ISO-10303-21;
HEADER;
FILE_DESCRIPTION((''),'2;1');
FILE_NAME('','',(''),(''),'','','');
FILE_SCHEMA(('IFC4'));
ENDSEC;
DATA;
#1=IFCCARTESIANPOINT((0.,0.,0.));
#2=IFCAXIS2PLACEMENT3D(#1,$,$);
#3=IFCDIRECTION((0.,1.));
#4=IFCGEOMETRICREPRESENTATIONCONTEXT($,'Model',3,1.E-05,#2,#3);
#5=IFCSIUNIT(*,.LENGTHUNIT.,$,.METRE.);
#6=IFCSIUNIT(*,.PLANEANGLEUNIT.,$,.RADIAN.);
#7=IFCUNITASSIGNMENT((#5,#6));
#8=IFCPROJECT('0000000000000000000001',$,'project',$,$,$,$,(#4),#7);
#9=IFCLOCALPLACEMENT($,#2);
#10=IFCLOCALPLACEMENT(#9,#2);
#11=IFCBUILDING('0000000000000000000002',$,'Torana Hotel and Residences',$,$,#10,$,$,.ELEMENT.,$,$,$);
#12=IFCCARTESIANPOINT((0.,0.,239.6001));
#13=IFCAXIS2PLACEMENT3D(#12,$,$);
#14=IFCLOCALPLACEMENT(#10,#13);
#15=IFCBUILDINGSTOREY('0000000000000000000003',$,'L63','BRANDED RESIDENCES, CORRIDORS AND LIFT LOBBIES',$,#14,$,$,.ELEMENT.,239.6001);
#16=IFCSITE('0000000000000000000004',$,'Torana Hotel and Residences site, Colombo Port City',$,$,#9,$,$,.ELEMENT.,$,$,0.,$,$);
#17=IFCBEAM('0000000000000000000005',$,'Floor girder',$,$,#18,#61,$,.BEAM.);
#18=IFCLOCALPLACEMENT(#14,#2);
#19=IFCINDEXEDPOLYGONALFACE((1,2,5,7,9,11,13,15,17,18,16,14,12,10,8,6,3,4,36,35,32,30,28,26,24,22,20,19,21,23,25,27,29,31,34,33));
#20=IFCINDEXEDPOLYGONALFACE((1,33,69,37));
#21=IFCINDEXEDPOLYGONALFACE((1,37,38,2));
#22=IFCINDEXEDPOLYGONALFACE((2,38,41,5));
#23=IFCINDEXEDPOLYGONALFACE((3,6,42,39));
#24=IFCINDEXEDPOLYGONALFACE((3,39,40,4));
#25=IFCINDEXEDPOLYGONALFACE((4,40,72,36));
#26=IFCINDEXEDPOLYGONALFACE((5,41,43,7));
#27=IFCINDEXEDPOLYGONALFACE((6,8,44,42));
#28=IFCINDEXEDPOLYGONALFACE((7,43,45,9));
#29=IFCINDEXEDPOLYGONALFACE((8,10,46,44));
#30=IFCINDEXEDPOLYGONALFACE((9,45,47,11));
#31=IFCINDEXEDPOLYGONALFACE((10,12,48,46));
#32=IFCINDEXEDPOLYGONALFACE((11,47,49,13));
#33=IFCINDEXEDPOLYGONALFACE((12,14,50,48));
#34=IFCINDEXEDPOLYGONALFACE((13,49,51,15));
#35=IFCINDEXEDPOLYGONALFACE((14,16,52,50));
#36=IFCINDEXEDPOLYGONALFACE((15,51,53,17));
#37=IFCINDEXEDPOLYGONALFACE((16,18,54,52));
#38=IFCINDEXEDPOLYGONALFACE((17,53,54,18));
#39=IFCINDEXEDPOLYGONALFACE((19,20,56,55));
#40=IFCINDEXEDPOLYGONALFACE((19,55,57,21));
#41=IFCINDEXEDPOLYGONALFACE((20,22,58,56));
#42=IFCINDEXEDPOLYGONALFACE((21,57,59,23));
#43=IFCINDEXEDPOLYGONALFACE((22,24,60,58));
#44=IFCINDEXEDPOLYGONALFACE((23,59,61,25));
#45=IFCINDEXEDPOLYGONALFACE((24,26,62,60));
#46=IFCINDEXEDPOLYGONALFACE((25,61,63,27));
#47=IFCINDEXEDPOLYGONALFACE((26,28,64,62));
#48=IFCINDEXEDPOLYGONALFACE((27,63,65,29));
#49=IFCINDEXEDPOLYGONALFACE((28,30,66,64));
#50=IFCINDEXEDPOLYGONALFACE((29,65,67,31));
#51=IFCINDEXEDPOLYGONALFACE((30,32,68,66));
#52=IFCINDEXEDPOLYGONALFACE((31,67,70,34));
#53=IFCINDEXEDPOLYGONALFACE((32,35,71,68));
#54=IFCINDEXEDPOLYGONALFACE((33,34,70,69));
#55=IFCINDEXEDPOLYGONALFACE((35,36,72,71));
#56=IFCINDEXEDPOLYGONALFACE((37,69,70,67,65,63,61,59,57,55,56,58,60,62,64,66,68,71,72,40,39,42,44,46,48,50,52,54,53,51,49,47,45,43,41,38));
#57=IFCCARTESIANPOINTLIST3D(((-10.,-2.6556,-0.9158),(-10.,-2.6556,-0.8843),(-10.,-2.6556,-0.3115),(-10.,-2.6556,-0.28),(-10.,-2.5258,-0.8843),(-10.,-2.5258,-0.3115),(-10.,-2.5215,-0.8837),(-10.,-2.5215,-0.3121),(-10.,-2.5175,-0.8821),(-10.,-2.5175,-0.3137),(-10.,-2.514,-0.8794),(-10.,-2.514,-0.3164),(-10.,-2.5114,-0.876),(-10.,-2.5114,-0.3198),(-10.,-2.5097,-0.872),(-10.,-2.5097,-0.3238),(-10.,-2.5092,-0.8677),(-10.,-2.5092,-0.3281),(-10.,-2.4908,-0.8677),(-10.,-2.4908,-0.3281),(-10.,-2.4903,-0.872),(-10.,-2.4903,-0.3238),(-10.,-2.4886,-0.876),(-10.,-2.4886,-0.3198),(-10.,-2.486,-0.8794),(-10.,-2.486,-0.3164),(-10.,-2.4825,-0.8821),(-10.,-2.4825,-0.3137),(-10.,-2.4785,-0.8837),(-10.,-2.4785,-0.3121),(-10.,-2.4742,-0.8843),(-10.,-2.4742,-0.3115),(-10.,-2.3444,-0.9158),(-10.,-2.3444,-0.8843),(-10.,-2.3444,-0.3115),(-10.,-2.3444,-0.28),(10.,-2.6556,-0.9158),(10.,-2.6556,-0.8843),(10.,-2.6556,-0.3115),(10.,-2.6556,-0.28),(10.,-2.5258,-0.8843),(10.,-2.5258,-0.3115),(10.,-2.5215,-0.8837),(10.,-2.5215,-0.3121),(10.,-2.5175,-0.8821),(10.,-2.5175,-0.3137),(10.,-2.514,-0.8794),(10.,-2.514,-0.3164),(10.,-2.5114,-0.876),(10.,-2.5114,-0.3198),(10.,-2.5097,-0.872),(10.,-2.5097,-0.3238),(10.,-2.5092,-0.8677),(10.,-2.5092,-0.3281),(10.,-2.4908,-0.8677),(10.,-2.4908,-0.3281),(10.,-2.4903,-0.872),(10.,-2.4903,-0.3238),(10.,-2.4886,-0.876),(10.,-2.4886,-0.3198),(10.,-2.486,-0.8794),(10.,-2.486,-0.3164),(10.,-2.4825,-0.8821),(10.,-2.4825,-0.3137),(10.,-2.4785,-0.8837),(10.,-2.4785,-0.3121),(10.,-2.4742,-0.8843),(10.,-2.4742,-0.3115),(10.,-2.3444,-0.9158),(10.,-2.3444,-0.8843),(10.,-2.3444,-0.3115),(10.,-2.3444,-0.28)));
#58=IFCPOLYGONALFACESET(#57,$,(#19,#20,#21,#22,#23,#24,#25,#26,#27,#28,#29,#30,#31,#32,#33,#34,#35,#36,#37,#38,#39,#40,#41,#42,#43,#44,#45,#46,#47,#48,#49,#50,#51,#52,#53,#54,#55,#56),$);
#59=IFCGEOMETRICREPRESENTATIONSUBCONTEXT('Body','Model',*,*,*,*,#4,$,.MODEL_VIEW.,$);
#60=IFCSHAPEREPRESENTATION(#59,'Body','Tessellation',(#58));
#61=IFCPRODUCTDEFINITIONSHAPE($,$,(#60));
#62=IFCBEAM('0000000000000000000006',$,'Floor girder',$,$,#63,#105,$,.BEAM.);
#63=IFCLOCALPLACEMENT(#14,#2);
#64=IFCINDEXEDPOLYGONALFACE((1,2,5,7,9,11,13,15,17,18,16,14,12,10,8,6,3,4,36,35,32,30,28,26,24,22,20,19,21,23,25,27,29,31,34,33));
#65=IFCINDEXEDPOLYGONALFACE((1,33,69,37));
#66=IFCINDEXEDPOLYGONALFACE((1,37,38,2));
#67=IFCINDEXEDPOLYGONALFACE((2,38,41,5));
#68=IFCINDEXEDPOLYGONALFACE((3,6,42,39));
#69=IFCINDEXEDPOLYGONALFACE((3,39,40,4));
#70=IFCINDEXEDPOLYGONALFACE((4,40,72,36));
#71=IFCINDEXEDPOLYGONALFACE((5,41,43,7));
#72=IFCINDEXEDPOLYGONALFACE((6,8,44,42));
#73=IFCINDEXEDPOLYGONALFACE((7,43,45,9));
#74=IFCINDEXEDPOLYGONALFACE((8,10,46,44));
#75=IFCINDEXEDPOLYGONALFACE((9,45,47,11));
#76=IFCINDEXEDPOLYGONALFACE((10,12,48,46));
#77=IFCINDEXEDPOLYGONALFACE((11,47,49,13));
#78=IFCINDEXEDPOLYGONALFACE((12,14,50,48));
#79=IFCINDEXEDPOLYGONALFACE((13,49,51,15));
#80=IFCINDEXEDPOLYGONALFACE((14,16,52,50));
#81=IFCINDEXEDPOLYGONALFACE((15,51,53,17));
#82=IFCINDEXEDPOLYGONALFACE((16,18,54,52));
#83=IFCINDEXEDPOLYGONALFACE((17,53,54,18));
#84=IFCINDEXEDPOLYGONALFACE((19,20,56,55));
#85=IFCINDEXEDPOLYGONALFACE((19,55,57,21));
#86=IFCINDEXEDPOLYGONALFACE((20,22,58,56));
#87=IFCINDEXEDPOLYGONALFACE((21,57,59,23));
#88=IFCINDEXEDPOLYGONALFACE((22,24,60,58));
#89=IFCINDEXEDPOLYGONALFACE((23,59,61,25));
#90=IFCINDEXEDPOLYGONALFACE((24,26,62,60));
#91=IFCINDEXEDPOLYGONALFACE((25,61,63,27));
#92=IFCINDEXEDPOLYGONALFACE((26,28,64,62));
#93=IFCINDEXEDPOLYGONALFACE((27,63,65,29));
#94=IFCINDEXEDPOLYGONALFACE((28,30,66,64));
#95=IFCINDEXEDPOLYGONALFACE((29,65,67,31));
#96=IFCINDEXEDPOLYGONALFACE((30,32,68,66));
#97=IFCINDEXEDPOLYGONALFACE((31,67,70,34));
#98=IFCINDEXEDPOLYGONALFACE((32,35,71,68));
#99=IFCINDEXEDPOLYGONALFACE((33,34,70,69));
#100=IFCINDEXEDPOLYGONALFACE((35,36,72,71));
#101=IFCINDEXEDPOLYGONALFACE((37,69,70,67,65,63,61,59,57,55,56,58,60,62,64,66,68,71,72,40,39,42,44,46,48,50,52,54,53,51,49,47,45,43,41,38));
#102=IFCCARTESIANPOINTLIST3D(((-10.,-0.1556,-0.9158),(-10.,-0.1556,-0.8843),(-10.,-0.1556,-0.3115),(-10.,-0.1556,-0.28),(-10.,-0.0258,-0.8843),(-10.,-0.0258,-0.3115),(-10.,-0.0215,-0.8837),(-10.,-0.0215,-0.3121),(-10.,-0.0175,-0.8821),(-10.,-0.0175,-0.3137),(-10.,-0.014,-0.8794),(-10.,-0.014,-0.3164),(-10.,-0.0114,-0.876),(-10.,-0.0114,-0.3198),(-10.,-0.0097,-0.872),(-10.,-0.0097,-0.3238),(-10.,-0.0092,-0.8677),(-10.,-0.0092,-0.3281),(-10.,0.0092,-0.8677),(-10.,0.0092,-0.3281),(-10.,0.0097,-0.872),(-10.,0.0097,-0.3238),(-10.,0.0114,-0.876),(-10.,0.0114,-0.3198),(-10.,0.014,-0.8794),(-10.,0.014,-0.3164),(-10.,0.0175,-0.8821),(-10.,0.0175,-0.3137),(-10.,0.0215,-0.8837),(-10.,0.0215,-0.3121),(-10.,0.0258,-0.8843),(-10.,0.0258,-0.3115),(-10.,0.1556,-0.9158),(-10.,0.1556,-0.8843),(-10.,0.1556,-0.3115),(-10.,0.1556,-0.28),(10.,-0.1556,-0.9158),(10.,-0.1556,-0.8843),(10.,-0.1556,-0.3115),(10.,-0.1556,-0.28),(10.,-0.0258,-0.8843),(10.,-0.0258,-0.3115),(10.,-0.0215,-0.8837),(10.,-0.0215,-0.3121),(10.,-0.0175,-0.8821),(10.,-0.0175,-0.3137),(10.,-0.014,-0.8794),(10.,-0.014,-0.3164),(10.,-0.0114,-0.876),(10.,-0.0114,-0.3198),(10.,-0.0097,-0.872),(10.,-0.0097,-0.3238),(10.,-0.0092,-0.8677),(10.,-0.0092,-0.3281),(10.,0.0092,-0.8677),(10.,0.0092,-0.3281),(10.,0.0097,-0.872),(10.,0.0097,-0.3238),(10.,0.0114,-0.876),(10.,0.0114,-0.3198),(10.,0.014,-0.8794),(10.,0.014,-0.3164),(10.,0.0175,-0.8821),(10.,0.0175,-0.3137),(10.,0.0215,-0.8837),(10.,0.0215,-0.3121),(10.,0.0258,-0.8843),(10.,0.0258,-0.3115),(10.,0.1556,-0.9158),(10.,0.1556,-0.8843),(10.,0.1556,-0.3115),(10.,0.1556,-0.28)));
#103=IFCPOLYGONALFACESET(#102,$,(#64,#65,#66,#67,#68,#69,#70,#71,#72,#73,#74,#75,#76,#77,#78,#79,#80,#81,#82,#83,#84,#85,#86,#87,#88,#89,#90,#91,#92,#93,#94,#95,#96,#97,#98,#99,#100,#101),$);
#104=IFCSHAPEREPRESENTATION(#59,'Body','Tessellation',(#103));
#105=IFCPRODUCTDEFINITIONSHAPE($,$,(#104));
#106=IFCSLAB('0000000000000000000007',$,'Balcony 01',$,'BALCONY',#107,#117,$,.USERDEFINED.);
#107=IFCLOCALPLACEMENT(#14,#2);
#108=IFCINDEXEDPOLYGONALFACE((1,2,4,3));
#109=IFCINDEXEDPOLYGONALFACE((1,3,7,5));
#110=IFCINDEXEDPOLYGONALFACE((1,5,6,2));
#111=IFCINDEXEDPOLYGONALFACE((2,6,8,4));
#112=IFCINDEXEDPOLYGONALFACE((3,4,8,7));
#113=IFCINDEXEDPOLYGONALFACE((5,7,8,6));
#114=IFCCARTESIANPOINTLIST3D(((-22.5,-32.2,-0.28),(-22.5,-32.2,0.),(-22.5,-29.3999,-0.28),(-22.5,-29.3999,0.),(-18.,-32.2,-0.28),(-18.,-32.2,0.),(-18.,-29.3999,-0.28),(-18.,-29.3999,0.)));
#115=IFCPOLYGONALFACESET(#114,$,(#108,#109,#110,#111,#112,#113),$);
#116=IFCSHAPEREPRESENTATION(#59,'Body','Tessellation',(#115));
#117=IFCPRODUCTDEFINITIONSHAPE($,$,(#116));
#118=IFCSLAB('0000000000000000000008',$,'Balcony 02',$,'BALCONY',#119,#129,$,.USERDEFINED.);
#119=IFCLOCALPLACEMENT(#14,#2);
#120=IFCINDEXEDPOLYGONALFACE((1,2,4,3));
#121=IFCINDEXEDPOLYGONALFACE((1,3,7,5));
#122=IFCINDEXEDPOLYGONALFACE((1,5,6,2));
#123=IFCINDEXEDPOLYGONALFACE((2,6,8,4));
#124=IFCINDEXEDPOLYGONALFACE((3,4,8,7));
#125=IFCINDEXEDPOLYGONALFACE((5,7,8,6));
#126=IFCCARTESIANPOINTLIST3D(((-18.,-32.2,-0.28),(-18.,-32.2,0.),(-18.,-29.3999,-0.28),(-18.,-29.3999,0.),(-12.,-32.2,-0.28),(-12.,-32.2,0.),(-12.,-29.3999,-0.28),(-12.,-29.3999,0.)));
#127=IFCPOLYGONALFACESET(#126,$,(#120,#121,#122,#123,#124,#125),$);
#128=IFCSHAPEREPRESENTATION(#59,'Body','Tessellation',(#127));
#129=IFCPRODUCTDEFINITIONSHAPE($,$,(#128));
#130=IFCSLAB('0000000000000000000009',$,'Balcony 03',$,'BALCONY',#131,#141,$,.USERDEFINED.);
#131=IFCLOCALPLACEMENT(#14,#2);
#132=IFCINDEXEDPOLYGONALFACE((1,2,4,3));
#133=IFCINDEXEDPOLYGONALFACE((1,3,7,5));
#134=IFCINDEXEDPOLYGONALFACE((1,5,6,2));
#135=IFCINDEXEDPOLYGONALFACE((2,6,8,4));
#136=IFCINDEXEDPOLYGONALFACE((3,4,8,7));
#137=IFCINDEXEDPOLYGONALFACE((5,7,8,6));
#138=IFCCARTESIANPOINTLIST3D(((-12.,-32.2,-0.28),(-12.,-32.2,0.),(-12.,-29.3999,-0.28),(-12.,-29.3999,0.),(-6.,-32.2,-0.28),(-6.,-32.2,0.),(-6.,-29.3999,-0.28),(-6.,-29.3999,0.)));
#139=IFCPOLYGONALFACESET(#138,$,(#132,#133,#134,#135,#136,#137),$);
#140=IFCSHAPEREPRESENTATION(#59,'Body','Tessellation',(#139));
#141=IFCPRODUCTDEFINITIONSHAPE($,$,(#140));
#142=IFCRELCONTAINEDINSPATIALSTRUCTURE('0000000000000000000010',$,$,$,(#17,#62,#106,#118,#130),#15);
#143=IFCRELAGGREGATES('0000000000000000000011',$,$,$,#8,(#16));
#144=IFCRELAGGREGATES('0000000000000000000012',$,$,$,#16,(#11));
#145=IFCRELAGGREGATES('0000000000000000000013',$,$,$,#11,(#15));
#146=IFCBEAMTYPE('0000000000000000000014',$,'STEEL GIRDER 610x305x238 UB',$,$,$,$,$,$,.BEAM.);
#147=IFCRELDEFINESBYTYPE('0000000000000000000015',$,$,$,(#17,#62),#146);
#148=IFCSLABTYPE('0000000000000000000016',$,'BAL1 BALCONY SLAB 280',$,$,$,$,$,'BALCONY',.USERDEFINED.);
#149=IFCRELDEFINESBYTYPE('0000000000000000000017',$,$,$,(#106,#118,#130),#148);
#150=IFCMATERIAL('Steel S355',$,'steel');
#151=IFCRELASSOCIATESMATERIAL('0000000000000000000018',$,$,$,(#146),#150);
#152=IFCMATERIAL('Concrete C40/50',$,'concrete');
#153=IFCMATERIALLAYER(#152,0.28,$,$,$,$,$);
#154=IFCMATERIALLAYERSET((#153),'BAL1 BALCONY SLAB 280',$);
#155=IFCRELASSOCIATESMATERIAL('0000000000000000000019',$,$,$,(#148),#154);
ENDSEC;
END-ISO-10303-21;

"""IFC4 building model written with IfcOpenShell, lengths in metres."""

from ifc_helpers import new_model, si_unit, direction, frame, origin, origin_2d, place, context, subcontext, project, spatial, polyline, i_section, outline, extrude, material, layer, layer_set, material_profile, profile_set, type_object, element, save


model = new_model("IFC4")

# Units and contexts
model_context = context("Model", 3, precision=1e-05, world=origin(), true_north=direction((0.0, 1.0)))
body_context = subcontext(model_context, "Body", "Model", "MODEL_VIEW")
ifc_project = project(units=[si_unit("LENGTHUNIT", "METRE"), si_unit("PLANEANGLEUNIT", "RADIAN")], contexts=[model_context])

# Site, building, storey
site_placement = place(None, origin())
site = spatial("IfcSite", under=ifc_project, at=site_placement, Name="Torana Hotel and Residences site, Colombo Port City", CompositionType="ELEMENT", RefElevation=0.0)
building_placement = place(site_placement, origin())
building = spatial("IfcBuilding", under=site, at=building_placement, Name="Torana Hotel and Residences", CompositionType="ELEMENT")
storey_placement = place(building_placement, frame((0.0, 0.0, 239.6001)))
storey = spatial("IfcBuildingStorey", under=building, at=storey_placement, Name="L63", Description="BRANDED RESIDENCES, CORRIDORS AND LIFT LOBBIES", CompositionType="ELEMENT", Elevation=239.6001)

# Beams
ifc_material_1 = material(Name="Steel S355", Category="steel")
ifc_material_profile = material_profile(ifc_material_1, i_section(OverallWidth=0.3113, OverallDepth=0.6357, WebThickness=0.0183, FlangeThickness=0.0315, FilletRadius=0.0166, at=origin_2d()), Name="610x305x238 UB")
ifc_profile_set = profile_set([ifc_material_profile], Name="Steel S355")
beam_type = type_object("IfcBeamType", Name="STEEL GIRDER 610x305x238 UB", PredefinedType="BEAM", material=ifc_profile_set)
for number, where, z_axis, x_axis, name in (
    (1, (-10.0, -2.5, -0.5979), (1.0, 0.0, 0.0), (0.0, 1.0, 0.0), "Floor girder"),
    (2, (-10.0, 0.0, -0.5979), (1.0, 0.0, 0.0), (0.0, 1.0, 0.0), "Floor girder"),
):
    element("IfcBeam", number, at=place(storey_placement, frame(where, z_axis=z_axis, x_axis=x_axis)), inside=storey, type_object=beam_type, Name=name, PredefinedType="BEAM", context=body_context, shape_type="SweptSolid", body=[
        extrude(i_section(OverallWidth=0.3113, OverallDepth=0.6357, WebThickness=0.0183, FlangeThickness=0.0315, FilletRadius=0.0166, at=origin_2d()), origin(), (0.0, 0.0, 1.0), 20.0),
    ])

# Slabs
ifc_material_2 = material(Name="Concrete C40/50", Category="concrete")
ifc_layer_1 = layer(ifc_material_2, 0.28)
ifc_layer_set_1 = layer_set([ifc_layer_1], Name="BAL1 BALCONY SLAB 280")
slab_type_1 = type_object("IfcSlabType", Name="BAL1 BALCONY SLAB 280", ElementType="BALCONY", PredefinedType="USERDEFINED", material=ifc_layer_set_1)
slab_1_placement = place(storey_placement, frame((0.0, 0.0, -0.28)))
element("IfcSlab", 3, at=slab_1_placement, inside=storey, type_object=slab_type_1, Name="Balcony 01", ObjectType="BALCONY", PredefinedType="USERDEFINED", context=body_context, shape_type="SweptSolid", body=[
    extrude(outline(polyline([(-22.5, -32.2), (-18.0, -32.2), (-18.0, -29.3999), (-22.5, -29.3999), (-22.5, -32.2)])), origin(), (0.0, 0.0, 1.0), 0.28),
])
slab_2_placement = place(storey_placement, frame((0.0, 0.0, -0.28)))
element("IfcSlab", 4, at=slab_2_placement, inside=storey, type_object=slab_type_1, Name="Balcony 02", ObjectType="BALCONY", PredefinedType="USERDEFINED", context=body_context, shape_type="SweptSolid", body=[
    extrude(outline(polyline([(-18.0, -32.2), (-12.0, -32.2), (-12.0, -29.3999), (-18.0, -29.3999), (-18.0, -32.2)])), origin(), (0.0, 0.0, 1.0), 0.28),
])
slab_3_placement = place(storey_placement, frame((0.0, 0.0, -0.28)))
element("IfcSlab", 5, at=slab_3_placement, inside=storey, type_object=slab_type_1, Name="Balcony 03", ObjectType="BALCONY", PredefinedType="USERDEFINED", context=body_context, shape_type="SweptSolid", body=[
    extrude(outline(polyline([(-12.0, -32.2), (-6.0, -32.2), (-6.0, -29.3999), (-12.0, -29.3999), (-12.0, -32.2)])), origin(), (0.0, 0.0, 1.0), 0.28),
])

save(model, "model.ifc")
